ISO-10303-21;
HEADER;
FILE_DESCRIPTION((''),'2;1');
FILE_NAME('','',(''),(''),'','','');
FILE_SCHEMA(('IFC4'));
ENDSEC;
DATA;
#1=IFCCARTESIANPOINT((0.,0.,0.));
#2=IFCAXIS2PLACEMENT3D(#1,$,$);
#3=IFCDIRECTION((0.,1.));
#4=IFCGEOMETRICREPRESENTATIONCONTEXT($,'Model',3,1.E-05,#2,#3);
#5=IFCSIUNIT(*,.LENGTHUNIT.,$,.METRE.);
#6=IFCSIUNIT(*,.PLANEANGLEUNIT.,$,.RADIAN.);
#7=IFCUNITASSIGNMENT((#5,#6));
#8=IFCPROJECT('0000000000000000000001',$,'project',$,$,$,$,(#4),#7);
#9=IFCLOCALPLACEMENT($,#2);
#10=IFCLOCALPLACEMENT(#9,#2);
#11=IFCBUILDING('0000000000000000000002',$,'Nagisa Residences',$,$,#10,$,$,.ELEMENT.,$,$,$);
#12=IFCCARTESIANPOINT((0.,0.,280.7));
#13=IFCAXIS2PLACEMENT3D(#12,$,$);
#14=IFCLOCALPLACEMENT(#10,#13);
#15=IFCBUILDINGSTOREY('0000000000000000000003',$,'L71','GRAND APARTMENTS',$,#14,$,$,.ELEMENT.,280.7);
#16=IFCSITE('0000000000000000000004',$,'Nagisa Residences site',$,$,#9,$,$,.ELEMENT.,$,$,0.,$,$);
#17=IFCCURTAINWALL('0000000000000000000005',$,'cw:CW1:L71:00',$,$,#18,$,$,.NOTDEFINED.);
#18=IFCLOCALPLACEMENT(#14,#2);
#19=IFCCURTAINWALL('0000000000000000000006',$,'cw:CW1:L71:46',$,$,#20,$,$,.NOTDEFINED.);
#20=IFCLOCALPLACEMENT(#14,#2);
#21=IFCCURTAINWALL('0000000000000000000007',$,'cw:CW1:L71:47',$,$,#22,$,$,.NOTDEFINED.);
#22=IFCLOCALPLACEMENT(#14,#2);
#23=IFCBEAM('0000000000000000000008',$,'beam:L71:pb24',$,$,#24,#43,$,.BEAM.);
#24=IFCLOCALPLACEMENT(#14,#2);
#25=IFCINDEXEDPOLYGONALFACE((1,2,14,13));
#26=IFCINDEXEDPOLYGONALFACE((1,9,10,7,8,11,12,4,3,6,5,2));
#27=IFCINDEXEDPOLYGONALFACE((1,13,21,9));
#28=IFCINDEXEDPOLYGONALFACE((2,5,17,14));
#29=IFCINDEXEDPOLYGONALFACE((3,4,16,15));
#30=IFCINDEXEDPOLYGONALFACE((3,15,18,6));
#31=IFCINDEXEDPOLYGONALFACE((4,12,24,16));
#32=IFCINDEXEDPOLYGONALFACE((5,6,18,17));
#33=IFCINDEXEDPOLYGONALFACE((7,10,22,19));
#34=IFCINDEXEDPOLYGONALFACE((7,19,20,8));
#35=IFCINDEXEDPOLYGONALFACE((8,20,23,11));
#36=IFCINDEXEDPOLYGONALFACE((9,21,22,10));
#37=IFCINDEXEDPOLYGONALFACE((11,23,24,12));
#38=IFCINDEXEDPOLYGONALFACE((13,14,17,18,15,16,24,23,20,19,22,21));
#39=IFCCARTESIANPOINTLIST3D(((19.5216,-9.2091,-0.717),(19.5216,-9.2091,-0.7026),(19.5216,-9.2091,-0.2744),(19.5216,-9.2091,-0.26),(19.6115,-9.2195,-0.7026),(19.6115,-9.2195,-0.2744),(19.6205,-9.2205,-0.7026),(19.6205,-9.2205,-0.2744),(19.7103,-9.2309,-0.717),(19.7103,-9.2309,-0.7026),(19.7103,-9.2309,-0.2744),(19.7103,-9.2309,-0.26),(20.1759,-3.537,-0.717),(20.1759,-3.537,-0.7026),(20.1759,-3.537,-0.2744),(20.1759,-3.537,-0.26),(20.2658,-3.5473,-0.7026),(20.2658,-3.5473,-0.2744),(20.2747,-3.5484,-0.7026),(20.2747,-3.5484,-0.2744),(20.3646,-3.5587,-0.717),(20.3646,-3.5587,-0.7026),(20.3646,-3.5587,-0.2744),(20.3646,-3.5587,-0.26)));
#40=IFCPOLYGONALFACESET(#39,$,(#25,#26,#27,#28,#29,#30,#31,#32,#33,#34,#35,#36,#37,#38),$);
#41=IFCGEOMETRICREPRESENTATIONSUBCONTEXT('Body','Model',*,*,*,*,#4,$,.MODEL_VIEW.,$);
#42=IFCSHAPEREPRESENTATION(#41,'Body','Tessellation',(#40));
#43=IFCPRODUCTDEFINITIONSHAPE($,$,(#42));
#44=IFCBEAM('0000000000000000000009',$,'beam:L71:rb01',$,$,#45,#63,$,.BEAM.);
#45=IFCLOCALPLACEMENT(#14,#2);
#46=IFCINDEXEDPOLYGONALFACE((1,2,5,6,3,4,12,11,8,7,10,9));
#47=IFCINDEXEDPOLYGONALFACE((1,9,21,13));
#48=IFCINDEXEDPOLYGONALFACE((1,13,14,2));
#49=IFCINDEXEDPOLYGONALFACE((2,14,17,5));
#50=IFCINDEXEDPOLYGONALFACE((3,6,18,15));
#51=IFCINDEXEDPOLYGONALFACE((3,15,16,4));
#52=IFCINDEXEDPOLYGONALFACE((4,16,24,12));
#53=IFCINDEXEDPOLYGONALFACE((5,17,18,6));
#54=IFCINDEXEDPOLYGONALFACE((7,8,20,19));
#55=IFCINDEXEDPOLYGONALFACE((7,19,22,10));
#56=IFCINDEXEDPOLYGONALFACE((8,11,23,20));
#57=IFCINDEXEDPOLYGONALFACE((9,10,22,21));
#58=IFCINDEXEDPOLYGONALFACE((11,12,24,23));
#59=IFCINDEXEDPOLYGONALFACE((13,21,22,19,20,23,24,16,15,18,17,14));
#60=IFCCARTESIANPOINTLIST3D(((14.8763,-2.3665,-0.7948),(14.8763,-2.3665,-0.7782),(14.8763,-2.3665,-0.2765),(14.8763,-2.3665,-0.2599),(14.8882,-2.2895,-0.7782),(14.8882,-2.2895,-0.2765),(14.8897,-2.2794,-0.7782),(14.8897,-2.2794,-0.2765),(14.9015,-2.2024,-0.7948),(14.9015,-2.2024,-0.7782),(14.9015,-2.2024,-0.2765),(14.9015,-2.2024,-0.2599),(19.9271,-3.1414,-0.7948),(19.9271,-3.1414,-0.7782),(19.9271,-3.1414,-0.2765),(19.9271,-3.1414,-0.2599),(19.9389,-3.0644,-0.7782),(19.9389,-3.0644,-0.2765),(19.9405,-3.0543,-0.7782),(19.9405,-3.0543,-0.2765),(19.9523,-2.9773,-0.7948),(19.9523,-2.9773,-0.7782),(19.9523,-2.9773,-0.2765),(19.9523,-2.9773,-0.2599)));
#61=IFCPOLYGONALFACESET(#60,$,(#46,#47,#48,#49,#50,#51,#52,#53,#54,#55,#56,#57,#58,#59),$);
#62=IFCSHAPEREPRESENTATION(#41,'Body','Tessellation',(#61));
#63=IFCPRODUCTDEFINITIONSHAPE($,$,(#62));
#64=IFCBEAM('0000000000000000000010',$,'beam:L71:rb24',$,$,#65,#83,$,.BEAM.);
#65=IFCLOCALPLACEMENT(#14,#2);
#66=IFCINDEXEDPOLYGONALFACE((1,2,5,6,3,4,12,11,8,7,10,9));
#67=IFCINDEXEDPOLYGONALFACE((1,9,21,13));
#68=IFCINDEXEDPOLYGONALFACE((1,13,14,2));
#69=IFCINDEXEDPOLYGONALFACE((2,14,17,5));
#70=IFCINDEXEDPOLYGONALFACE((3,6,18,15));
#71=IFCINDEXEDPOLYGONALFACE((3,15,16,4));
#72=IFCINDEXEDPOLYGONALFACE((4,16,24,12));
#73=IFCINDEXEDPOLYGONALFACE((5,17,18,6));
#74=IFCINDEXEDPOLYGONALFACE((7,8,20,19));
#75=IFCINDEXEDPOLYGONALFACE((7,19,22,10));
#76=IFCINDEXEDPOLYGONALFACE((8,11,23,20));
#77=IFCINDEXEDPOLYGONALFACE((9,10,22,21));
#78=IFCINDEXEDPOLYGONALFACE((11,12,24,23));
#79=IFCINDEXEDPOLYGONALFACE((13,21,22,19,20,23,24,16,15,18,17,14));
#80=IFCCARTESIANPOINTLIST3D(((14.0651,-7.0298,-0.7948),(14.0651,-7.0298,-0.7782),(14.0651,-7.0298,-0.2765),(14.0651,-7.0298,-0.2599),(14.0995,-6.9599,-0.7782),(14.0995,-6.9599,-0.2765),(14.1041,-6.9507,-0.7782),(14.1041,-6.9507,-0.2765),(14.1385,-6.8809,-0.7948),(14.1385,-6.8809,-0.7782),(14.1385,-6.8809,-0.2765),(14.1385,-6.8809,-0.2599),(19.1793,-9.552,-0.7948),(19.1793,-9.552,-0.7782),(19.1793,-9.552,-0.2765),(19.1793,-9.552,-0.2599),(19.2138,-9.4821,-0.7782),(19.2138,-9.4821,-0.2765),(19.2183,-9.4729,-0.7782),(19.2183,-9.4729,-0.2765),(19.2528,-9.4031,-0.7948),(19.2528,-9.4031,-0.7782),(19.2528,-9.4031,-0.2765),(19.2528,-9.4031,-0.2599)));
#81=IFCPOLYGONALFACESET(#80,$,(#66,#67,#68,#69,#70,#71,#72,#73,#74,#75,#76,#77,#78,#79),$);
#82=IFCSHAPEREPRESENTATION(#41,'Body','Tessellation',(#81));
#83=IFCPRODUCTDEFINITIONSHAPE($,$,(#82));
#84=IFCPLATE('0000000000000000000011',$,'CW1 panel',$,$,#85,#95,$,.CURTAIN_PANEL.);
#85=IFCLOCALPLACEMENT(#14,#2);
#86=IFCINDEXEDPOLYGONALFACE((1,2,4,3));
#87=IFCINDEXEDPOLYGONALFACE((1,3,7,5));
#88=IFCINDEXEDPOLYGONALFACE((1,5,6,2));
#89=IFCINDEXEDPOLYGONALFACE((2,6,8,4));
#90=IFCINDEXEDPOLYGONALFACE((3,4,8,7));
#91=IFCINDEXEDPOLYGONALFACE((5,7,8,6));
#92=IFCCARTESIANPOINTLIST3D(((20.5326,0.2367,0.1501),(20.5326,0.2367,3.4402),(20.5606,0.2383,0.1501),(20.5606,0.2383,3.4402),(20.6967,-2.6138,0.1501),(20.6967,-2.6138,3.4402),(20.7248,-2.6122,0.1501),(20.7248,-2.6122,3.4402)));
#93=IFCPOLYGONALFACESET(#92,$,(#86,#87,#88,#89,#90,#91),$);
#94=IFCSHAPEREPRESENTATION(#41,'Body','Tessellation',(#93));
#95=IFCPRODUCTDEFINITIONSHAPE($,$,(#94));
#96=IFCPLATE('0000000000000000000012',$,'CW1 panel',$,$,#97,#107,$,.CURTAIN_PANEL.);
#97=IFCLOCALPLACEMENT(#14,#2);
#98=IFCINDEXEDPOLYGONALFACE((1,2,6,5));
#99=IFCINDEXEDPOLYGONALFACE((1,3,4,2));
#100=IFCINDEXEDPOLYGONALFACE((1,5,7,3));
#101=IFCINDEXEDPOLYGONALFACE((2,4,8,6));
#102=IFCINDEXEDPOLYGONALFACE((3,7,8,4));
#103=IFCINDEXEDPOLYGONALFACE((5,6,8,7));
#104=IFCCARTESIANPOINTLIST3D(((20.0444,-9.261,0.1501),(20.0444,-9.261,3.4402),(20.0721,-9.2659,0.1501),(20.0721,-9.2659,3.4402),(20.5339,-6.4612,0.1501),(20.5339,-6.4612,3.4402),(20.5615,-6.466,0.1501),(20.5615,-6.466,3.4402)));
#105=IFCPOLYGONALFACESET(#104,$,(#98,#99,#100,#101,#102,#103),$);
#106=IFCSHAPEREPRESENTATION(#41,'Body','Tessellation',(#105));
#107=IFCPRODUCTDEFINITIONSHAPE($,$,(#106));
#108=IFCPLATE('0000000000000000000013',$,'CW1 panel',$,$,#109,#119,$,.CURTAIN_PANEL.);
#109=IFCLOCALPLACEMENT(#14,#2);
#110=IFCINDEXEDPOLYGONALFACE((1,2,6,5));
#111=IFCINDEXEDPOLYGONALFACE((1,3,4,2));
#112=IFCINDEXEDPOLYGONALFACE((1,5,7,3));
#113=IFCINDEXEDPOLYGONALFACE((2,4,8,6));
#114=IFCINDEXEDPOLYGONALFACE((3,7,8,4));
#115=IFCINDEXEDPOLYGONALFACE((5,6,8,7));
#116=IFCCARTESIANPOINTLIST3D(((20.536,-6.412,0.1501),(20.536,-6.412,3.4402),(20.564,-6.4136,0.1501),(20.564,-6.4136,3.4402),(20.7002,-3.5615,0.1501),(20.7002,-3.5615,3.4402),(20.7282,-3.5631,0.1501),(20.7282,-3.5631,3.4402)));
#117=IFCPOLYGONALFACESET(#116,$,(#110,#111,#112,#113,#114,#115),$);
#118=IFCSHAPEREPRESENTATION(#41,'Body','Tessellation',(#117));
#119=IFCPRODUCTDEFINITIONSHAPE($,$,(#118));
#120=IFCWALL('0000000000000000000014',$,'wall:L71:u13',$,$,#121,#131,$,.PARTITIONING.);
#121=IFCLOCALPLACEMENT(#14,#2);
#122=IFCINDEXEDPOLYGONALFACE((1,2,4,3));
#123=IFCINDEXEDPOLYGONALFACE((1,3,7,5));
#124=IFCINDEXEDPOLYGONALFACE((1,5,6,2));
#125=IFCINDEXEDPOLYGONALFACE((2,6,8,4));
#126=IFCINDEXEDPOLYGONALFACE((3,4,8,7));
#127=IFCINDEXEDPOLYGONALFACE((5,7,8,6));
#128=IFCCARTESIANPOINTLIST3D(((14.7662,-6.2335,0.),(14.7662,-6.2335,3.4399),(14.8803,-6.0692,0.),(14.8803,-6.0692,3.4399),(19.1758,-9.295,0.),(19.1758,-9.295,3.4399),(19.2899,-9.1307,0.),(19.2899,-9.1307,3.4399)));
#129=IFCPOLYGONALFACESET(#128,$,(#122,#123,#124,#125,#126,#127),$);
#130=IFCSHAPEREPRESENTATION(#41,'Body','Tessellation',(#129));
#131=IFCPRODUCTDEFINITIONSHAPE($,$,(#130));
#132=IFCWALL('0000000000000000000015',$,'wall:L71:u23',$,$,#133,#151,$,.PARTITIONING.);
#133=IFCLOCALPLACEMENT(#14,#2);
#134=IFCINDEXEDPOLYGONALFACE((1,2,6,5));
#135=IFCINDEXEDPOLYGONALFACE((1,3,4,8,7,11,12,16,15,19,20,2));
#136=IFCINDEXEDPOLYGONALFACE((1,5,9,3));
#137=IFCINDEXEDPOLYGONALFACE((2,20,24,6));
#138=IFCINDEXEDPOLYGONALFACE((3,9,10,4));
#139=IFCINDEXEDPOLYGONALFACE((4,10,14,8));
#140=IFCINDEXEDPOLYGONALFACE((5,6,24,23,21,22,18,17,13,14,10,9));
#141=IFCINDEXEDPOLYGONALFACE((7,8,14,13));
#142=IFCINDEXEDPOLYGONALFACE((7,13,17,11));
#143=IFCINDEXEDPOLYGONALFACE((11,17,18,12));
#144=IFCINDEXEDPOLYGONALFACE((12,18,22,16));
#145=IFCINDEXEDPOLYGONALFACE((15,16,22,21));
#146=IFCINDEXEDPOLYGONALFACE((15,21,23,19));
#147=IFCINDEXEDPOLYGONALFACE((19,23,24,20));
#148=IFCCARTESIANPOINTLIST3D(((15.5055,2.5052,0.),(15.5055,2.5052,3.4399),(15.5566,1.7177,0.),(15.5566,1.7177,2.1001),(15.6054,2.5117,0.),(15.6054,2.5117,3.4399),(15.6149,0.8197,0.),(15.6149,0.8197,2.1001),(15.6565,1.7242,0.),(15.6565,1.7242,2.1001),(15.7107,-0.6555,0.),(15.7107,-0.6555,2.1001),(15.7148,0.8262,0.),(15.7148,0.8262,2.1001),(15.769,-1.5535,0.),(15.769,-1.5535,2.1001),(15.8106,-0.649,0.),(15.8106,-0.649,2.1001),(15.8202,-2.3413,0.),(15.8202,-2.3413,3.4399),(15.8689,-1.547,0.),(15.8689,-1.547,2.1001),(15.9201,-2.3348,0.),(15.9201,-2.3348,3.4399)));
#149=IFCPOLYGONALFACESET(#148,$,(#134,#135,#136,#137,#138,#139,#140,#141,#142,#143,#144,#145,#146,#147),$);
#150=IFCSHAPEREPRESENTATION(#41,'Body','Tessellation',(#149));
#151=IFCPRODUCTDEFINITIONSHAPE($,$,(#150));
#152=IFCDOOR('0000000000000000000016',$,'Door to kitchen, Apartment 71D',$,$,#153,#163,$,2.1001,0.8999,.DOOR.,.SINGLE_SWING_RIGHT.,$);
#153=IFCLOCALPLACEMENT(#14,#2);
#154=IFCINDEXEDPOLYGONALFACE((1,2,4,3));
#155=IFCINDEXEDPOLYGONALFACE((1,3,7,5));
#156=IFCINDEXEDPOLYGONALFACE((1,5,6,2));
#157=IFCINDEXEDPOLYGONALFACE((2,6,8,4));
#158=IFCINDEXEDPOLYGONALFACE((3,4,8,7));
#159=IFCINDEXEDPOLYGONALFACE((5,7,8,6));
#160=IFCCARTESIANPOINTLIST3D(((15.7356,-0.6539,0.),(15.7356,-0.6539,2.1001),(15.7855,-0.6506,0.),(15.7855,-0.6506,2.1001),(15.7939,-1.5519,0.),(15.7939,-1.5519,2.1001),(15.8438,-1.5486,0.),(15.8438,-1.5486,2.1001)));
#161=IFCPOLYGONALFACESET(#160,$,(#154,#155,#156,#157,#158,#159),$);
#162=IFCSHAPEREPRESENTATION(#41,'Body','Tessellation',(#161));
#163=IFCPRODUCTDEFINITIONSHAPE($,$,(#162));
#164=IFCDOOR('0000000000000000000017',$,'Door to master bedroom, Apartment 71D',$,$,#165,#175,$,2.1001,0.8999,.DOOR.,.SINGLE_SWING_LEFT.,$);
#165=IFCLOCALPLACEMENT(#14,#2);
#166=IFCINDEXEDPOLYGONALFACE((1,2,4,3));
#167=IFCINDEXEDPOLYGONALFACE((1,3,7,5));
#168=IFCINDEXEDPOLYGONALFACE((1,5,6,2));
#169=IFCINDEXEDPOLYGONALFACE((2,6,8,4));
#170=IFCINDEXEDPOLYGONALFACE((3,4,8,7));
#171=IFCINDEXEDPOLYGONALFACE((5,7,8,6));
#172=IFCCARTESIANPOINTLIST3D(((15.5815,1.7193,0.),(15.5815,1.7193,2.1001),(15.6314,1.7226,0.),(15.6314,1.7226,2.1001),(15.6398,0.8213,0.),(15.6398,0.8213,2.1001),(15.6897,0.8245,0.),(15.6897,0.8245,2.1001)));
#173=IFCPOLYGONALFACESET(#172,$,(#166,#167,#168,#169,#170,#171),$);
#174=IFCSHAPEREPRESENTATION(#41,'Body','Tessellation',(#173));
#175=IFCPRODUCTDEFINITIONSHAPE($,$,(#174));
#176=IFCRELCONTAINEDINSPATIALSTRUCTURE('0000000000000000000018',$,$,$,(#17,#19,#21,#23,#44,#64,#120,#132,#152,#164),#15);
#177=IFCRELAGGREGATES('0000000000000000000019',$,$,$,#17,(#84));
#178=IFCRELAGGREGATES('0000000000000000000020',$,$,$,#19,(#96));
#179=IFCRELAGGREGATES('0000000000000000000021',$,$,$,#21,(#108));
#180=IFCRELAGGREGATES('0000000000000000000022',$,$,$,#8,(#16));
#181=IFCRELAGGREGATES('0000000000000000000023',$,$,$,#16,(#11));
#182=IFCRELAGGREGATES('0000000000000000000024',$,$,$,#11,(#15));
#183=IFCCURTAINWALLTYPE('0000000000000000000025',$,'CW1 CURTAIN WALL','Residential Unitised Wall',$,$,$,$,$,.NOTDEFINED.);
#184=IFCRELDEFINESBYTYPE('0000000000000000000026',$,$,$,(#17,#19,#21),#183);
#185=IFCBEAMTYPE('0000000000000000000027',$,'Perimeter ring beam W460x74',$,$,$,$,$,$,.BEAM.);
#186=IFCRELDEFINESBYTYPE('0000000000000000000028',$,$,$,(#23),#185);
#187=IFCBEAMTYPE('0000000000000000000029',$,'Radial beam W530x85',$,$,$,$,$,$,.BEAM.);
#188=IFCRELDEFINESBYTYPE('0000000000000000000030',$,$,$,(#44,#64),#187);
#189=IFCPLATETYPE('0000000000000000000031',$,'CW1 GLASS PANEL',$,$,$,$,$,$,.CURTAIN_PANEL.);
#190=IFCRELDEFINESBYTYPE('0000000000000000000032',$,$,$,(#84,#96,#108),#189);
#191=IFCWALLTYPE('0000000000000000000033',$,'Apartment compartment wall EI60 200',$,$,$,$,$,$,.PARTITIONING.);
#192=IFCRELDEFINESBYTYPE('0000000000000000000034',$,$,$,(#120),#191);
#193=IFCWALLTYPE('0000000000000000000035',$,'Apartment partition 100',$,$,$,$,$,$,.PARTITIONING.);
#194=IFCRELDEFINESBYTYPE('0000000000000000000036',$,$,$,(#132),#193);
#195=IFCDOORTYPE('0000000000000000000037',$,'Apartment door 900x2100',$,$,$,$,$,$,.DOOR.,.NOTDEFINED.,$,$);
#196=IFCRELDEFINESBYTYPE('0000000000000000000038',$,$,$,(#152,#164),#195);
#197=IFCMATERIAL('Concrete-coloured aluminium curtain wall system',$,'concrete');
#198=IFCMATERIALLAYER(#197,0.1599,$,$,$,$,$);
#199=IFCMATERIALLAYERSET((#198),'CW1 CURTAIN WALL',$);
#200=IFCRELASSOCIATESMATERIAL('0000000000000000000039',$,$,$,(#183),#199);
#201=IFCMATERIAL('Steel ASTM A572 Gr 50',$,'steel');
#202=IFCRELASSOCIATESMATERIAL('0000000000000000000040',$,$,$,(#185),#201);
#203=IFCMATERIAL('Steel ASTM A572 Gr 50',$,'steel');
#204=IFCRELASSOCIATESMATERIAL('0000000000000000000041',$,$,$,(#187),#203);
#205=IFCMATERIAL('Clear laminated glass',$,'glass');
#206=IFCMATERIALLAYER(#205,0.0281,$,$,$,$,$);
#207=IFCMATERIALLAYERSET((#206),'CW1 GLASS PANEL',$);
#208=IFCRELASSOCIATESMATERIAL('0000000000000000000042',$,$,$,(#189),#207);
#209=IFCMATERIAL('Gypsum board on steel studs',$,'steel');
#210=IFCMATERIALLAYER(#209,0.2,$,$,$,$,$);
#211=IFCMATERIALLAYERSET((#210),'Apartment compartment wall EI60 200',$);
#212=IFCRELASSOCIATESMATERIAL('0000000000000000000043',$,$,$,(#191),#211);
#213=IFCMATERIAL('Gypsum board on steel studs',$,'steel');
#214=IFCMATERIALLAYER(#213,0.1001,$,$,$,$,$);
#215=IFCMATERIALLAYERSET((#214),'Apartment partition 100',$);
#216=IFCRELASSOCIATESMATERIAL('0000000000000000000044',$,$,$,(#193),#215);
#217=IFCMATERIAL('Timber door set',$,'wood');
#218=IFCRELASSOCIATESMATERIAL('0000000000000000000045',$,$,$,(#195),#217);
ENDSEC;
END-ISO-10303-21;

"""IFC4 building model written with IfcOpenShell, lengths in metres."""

from ifc_helpers import new_model, si_unit, direction, frame, frame_2d, origin, origin_2d, place, context, subcontext, project, spatial, rectangle, i_section, extrude, material, layer, layer_set, material_profile, profile_set, type_object, element, fill, aggregate, save


model = new_model("IFC4")

# Units and contexts
model_context = context("Model", 3, precision=1e-05, world=origin(), true_north=direction((0.0, 1.0)))
body_context = subcontext(model_context, "Body", "Model", "MODEL_VIEW")
ifc_project = project(units=[si_unit("LENGTHUNIT", "METRE"), si_unit("PLANEANGLEUNIT", "RADIAN")], contexts=[model_context])

# Site, building, storey
site_placement = place(None, origin())
site = spatial("IfcSite", under=ifc_project, at=site_placement, Name="Nagisa Residences site", CompositionType="ELEMENT", RefElevation=0.0)
building_placement = place(site_placement, origin())
building = spatial("IfcBuilding", under=site, at=building_placement, Name="Nagisa Residences", CompositionType="ELEMENT")
storey_placement = place(building_placement, frame((0.0, 0.0, 280.7)))
storey = spatial("IfcBuildingStorey", under=building, at=storey_placement, Name="L71", Description="GRAND APARTMENTS", CompositionType="ELEMENT", Elevation=280.7)

# Curtain walls
ifc_material_1 = material(Name="Concrete-coloured aluminium curtain wall system", Category="concrete")
ifc_layer_1 = layer(ifc_material_1, 0.1599)
ifc_layer_set_1 = layer_set([ifc_layer_1], Name="CW1 CURTAIN WALL")
curtain_wall_type = type_object("IfcCurtainWallType", Name="CW1 CURTAIN WALL", Description="Residential Unitised Wall", PredefinedType="NOTDEFINED", material=ifc_layer_set_1)
curtain_wall_1_placement = place(storey_placement, origin())
curtain_wall_1 = element("IfcCurtainWall", 1, at=curtain_wall_1_placement, inside=storey, type_object=curtain_wall_type, Name="cw:CW1:L71:00", PredefinedType="NOTDEFINED")
curtain_wall_2_placement = place(storey_placement, origin())
curtain_wall_2 = element("IfcCurtainWall", 2, at=curtain_wall_2_placement, inside=storey, type_object=curtain_wall_type, Name="cw:CW1:L71:46", PredefinedType="NOTDEFINED")
curtain_wall_3_placement = place(storey_placement, origin())
curtain_wall_3 = element("IfcCurtainWall", 3, at=curtain_wall_3_placement, inside=storey, type_object=curtain_wall_type, Name="cw:CW1:L71:47", PredefinedType="NOTDEFINED")

# Beams
ifc_material_2 = material(Name="Steel ASTM A572 Gr 50", Category="steel")
ifc_material_profile_1 = material_profile(ifc_material_2, i_section(OverallWidth=0.1899, OverallDepth=0.457, WebThickness=0.009, FlangeThickness=0.0144, at=origin_2d()), Name="W460x74")
ifc_profile_set_1 = profile_set([ifc_material_profile_1], Name="Steel ASTM A572 Gr 50")
beam_type_1 = type_object("IfcBeamType", Name="Perimeter ring beam W460x74", PredefinedType="BEAM", material=ifc_profile_set_1)
for number, where, z_axis, x_axis, name in (
    (4, (19.616, -9.22, -0.4885), (0.114593, 0.993412, 0.0), (-0.993412, 0.114593, 0.0), "beam:L71:pb24"),
):
    element("IfcBeam", number, at=place(storey_placement, frame(where, z_axis=z_axis, x_axis=x_axis)), inside=storey, type_object=beam_type_1, Name=name, PredefinedType="BEAM", context=body_context, shape_type="SweptSolid", body=[
        extrude(i_section(OverallWidth=0.1899, OverallDepth=0.457, WebThickness=0.009, FlangeThickness=0.0144, at=origin_2d()), origin(), (0.0, 0.0, 1.0), 5.7097),
    ])
ifc_material_3 = material(Name="Steel ASTM A572 Gr 50", Category="steel")
ifc_material_profile_2 = material_profile(ifc_material_3, i_section(OverallWidth=0.166, OverallDepth=0.5349, WebThickness=0.0103, FlangeThickness=0.0166, at=origin_2d()), Name="W530x85")
ifc_profile_set_2 = profile_set([ifc_material_profile_2], Name="Steel ASTM A572 Gr 50")
beam_type_2 = type_object("IfcBeamType", Name="Radial beam W530x85", PredefinedType="BEAM", material=ifc_profile_set_2)
beam_1_placement = place(storey_placement, frame((19.9397, -3.0593, -0.5273), z_axis=(-0.988435, 0.151648, 0.0), x_axis=(-0.151648, -0.988435, 0.0)))
element("IfcBeam", 5, at=beam_1_placement, inside=storey, type_object=beam_type_2, Name="beam:L71:rb01", PredefinedType="BEAM", context=body_context, shape_type="SweptSolid", body=[
    extrude(i_section(OverallWidth=0.166, OverallDepth=0.5349, WebThickness=0.0103, FlangeThickness=0.0166, at=origin_2d()), origin(), (0.0, 0.0, 1.0), 5.1099),
])
beam_2_placement = place(storey_placement, frame((19.2161, -9.4775, -0.5273), z_axis=(-0.896863, 0.442309, 0.0), x_axis=(-0.442309, -0.896863, 0.0)))
element("IfcBeam", 6, at=beam_2_placement, inside=storey, type_object=beam_type_2, Name="beam:L71:rb24", PredefinedType="BEAM", context=body_context, shape_type="SweptSolid", body=[
    extrude(i_section(OverallWidth=0.166, OverallDepth=0.5349, WebThickness=0.0103, FlangeThickness=0.0166, at=origin_2d()), origin(), (0.0, 0.0, 1.0), 5.7024),
])

# Plates
ifc_material_4 = material(Name="Clear laminated glass", Category="glass")
ifc_layer_2 = layer(ifc_material_4, 0.0281)
ifc_layer_set_2 = layer_set([ifc_layer_2], Name="CW1 GLASS PANEL")
plate_type = type_object("IfcPlateType", Name="CW1 GLASS PANEL", PredefinedType="CURTAIN_PANEL", material=ifc_layer_set_2)
plate_1_placement = place(storey_placement, frame((20.6287, -1.1877, 0.1501), z_axis=(0.0, 0.0, 1.0), x_axis=(-0.057503, 0.998345, 0.0)))
plate_1 = element("IfcPlate", 7, at=plate_1_placement, type_object=plate_type, Name="CW1 panel", PredefinedType="CURTAIN_PANEL", context=body_context, shape_type="SweptSolid", body=[
    extrude(rectangle(XDim=2.8552, YDim=0.0281, at=origin_2d()), origin(), (0.0, 0.0, 1.0), 3.29),
])
aggregate(curtain_wall_1, [plate_1])
plate_2_placement = place(storey_placement, frame((20.303, -7.8635, 0.1501), z_axis=(0.0, 0.0, 1.0), x_axis=(0.172191, 0.985064, 0.0)))
plate_2 = element("IfcPlate", 8, at=plate_2_placement, type_object=plate_type, Name="CW1 panel", PredefinedType="CURTAIN_PANEL", context=body_context, shape_type="SweptSolid", body=[
    extrude(rectangle(XDim=2.8423, YDim=0.0281, at=origin_2d()), origin(), (0.0, 0.0, 1.0), 3.29),
])
aggregate(curtain_wall_2, [plate_2])
plate_3_placement = place(storey_placement, frame((20.6321, -4.9875, 0.1501), z_axis=(0.0, 0.0, 1.0), x_axis=(0.057503, 0.998345, 0.0)))
plate_3 = element("IfcPlate", 9, at=plate_3_placement, type_object=plate_type, Name="CW1 panel", PredefinedType="CURTAIN_PANEL", context=body_context, shape_type="SweptSolid", body=[
    extrude(rectangle(XDim=2.8552, YDim=0.0281, at=origin_2d()), origin(), (0.0, 0.0, 1.0), 3.29),
])
aggregate(curtain_wall_3, [plate_3])

# Wall
ifc_material_5 = material(Name="Gypsum board on steel studs", Category="steel")
ifc_layer_3 = layer(ifc_material_5, 0.2)
ifc_layer_set_3 = layer_set([ifc_layer_3], Name="Apartment compartment wall EI60 200")
wall_type_1 = type_object("IfcWallType", Name="Apartment compartment wall EI60 200", PredefinedType="PARTITIONING", material=ifc_layer_set_3)
wall_1_placement = place(storey_placement, frame((14.8232, -6.1514, 0.0), z_axis=(0.0, 0.0, 1.0), x_axis=(0.821435, -0.570302, 0.0)))
element("IfcWall", 10, at=wall_1_placement, inside=storey, type_object=wall_type_1, Name="wall:L71:u13", PredefinedType="PARTITIONING", context=body_context, shape_type="SweptSolid", body=[
    extrude(rectangle(XDim=5.3682, YDim=0.2, at=frame_2d((2.6841, 0.0))), origin(), (0.0, 0.0, 1.0), 3.4399),
])

# Wall, openings, doors
ifc_material_6 = material(Name="Gypsum board on steel studs", Category="steel")
ifc_layer_4 = layer(ifc_material_6, 0.1001)
ifc_layer_set_4 = layer_set([ifc_layer_4], Name="Apartment partition 100")
wall_type_2 = type_object("IfcWallType", Name="Apartment partition 100", PredefinedType="PARTITIONING", material=ifc_layer_set_4)
wall_2_placement = place(storey_placement, frame((15.8701, -2.3379, 0.0), z_axis=(0.0, 0.0, 1.0), x_axis=(-0.064797, 0.997898, 0.0)))
wall_2 = element("IfcWall", 11, at=wall_2_placement, inside=storey, type_object=wall_type_2, Name="wall:L71:u23", PredefinedType="PARTITIONING", context=body_context, shape_type="SweptSolid", body=[
    extrude(rectangle(XDim=4.8567, YDim=0.1001, at=frame_2d((2.4282, 0.0))), origin(), (0.0, 0.0, 1.0), 3.4399),
])
opening_1_placement = place(wall_2_placement, frame((0.7893, 0.0, 0.0)))
opening_1 = element("IfcOpeningElement", 12, at=opening_1_placement, cuts=wall_2, PredefinedType="OPENING", context=body_context, shape_type="SweptSolid", body=[
    extrude(rectangle(XDim=0.8999, YDim=2.1001, at=frame_2d((0.45, 1.05))), frame((0.0, 0.0601, 0.0), z_axis=(0.0, -1.0, 0.0), x_axis=(1.0, 0.0, 0.0)), (0.0, 0.0, 1.0), 0.1201),
])
opening_2_placement = place(wall_2_placement, frame((3.1675, 0.0, 0.0)))
opening_2 = element("IfcOpeningElement", 13, at=opening_2_placement, cuts=wall_2, PredefinedType="OPENING", context=body_context, shape_type="SweptSolid", body=[
    extrude(rectangle(XDim=0.8999, YDim=2.1001, at=frame_2d((0.45, 1.05))), frame((0.0, 0.0601, 0.0), z_axis=(0.0, -1.0, 0.0), x_axis=(1.0, 0.0, 0.0)), (0.0, 0.0, 1.0), 0.1201),
])
ifc_material_7 = material(Name="Timber door set", Category="wood")
door_type_1 = type_object("IfcDoorType", Name="Apartment door 900x2100", OperationType="NOTDEFINED", PredefinedType="DOOR", material=ifc_material_7)
door_1_placement = place(opening_1_placement, frame((0.8999, 0.0, 0.0), x_axis=(-1.0, 0.0, 0.0)))
door_1 = element("IfcDoor", 14, at=door_1_placement, inside=storey, type_object=door_type_1, Name="Door to kitchen, Apartment 71D", OperationType="SINGLE_SWING_RIGHT", OverallHeight=2.1001, OverallWidth=0.8999, PredefinedType="DOOR", context=body_context, shape_type="SweptSolid", body=[
    extrude(rectangle(XDim=0.8999, YDim=2.1001, at=frame_2d((0.45, 1.05))), frame((0.0, 0.0249, 0.0), z_axis=(0.0, -1.0, 0.0), x_axis=(1.0, 0.0, 0.0)), (0.0, 0.0, 1.0), 0.05),
])
fill(opening_1, door_1)
door_2_placement = place(opening_2_placement, frame((0.8999, 0.0, 0.0), x_axis=(-1.0, 0.0, 0.0)))
door_2 = element("IfcDoor", 15, at=door_2_placement, inside=storey, type_object=door_type_1, Name="Door to master bedroom, Apartment 71D", OperationType="SINGLE_SWING_LEFT", OverallHeight=2.1001, OverallWidth=0.8999, PredefinedType="DOOR", context=body_context, shape_type="SweptSolid", body=[
    extrude(rectangle(XDim=0.8999, YDim=2.1001, at=frame_2d((0.45, 1.05))), frame((0.0, 0.0249, 0.0), z_axis=(0.0, -1.0, 0.0), x_axis=(1.0, 0.0, 0.0)), (0.0, 0.0, 1.0), 0.05),
])
fill(opening_2, door_2)

save(model, "model.ifc")
